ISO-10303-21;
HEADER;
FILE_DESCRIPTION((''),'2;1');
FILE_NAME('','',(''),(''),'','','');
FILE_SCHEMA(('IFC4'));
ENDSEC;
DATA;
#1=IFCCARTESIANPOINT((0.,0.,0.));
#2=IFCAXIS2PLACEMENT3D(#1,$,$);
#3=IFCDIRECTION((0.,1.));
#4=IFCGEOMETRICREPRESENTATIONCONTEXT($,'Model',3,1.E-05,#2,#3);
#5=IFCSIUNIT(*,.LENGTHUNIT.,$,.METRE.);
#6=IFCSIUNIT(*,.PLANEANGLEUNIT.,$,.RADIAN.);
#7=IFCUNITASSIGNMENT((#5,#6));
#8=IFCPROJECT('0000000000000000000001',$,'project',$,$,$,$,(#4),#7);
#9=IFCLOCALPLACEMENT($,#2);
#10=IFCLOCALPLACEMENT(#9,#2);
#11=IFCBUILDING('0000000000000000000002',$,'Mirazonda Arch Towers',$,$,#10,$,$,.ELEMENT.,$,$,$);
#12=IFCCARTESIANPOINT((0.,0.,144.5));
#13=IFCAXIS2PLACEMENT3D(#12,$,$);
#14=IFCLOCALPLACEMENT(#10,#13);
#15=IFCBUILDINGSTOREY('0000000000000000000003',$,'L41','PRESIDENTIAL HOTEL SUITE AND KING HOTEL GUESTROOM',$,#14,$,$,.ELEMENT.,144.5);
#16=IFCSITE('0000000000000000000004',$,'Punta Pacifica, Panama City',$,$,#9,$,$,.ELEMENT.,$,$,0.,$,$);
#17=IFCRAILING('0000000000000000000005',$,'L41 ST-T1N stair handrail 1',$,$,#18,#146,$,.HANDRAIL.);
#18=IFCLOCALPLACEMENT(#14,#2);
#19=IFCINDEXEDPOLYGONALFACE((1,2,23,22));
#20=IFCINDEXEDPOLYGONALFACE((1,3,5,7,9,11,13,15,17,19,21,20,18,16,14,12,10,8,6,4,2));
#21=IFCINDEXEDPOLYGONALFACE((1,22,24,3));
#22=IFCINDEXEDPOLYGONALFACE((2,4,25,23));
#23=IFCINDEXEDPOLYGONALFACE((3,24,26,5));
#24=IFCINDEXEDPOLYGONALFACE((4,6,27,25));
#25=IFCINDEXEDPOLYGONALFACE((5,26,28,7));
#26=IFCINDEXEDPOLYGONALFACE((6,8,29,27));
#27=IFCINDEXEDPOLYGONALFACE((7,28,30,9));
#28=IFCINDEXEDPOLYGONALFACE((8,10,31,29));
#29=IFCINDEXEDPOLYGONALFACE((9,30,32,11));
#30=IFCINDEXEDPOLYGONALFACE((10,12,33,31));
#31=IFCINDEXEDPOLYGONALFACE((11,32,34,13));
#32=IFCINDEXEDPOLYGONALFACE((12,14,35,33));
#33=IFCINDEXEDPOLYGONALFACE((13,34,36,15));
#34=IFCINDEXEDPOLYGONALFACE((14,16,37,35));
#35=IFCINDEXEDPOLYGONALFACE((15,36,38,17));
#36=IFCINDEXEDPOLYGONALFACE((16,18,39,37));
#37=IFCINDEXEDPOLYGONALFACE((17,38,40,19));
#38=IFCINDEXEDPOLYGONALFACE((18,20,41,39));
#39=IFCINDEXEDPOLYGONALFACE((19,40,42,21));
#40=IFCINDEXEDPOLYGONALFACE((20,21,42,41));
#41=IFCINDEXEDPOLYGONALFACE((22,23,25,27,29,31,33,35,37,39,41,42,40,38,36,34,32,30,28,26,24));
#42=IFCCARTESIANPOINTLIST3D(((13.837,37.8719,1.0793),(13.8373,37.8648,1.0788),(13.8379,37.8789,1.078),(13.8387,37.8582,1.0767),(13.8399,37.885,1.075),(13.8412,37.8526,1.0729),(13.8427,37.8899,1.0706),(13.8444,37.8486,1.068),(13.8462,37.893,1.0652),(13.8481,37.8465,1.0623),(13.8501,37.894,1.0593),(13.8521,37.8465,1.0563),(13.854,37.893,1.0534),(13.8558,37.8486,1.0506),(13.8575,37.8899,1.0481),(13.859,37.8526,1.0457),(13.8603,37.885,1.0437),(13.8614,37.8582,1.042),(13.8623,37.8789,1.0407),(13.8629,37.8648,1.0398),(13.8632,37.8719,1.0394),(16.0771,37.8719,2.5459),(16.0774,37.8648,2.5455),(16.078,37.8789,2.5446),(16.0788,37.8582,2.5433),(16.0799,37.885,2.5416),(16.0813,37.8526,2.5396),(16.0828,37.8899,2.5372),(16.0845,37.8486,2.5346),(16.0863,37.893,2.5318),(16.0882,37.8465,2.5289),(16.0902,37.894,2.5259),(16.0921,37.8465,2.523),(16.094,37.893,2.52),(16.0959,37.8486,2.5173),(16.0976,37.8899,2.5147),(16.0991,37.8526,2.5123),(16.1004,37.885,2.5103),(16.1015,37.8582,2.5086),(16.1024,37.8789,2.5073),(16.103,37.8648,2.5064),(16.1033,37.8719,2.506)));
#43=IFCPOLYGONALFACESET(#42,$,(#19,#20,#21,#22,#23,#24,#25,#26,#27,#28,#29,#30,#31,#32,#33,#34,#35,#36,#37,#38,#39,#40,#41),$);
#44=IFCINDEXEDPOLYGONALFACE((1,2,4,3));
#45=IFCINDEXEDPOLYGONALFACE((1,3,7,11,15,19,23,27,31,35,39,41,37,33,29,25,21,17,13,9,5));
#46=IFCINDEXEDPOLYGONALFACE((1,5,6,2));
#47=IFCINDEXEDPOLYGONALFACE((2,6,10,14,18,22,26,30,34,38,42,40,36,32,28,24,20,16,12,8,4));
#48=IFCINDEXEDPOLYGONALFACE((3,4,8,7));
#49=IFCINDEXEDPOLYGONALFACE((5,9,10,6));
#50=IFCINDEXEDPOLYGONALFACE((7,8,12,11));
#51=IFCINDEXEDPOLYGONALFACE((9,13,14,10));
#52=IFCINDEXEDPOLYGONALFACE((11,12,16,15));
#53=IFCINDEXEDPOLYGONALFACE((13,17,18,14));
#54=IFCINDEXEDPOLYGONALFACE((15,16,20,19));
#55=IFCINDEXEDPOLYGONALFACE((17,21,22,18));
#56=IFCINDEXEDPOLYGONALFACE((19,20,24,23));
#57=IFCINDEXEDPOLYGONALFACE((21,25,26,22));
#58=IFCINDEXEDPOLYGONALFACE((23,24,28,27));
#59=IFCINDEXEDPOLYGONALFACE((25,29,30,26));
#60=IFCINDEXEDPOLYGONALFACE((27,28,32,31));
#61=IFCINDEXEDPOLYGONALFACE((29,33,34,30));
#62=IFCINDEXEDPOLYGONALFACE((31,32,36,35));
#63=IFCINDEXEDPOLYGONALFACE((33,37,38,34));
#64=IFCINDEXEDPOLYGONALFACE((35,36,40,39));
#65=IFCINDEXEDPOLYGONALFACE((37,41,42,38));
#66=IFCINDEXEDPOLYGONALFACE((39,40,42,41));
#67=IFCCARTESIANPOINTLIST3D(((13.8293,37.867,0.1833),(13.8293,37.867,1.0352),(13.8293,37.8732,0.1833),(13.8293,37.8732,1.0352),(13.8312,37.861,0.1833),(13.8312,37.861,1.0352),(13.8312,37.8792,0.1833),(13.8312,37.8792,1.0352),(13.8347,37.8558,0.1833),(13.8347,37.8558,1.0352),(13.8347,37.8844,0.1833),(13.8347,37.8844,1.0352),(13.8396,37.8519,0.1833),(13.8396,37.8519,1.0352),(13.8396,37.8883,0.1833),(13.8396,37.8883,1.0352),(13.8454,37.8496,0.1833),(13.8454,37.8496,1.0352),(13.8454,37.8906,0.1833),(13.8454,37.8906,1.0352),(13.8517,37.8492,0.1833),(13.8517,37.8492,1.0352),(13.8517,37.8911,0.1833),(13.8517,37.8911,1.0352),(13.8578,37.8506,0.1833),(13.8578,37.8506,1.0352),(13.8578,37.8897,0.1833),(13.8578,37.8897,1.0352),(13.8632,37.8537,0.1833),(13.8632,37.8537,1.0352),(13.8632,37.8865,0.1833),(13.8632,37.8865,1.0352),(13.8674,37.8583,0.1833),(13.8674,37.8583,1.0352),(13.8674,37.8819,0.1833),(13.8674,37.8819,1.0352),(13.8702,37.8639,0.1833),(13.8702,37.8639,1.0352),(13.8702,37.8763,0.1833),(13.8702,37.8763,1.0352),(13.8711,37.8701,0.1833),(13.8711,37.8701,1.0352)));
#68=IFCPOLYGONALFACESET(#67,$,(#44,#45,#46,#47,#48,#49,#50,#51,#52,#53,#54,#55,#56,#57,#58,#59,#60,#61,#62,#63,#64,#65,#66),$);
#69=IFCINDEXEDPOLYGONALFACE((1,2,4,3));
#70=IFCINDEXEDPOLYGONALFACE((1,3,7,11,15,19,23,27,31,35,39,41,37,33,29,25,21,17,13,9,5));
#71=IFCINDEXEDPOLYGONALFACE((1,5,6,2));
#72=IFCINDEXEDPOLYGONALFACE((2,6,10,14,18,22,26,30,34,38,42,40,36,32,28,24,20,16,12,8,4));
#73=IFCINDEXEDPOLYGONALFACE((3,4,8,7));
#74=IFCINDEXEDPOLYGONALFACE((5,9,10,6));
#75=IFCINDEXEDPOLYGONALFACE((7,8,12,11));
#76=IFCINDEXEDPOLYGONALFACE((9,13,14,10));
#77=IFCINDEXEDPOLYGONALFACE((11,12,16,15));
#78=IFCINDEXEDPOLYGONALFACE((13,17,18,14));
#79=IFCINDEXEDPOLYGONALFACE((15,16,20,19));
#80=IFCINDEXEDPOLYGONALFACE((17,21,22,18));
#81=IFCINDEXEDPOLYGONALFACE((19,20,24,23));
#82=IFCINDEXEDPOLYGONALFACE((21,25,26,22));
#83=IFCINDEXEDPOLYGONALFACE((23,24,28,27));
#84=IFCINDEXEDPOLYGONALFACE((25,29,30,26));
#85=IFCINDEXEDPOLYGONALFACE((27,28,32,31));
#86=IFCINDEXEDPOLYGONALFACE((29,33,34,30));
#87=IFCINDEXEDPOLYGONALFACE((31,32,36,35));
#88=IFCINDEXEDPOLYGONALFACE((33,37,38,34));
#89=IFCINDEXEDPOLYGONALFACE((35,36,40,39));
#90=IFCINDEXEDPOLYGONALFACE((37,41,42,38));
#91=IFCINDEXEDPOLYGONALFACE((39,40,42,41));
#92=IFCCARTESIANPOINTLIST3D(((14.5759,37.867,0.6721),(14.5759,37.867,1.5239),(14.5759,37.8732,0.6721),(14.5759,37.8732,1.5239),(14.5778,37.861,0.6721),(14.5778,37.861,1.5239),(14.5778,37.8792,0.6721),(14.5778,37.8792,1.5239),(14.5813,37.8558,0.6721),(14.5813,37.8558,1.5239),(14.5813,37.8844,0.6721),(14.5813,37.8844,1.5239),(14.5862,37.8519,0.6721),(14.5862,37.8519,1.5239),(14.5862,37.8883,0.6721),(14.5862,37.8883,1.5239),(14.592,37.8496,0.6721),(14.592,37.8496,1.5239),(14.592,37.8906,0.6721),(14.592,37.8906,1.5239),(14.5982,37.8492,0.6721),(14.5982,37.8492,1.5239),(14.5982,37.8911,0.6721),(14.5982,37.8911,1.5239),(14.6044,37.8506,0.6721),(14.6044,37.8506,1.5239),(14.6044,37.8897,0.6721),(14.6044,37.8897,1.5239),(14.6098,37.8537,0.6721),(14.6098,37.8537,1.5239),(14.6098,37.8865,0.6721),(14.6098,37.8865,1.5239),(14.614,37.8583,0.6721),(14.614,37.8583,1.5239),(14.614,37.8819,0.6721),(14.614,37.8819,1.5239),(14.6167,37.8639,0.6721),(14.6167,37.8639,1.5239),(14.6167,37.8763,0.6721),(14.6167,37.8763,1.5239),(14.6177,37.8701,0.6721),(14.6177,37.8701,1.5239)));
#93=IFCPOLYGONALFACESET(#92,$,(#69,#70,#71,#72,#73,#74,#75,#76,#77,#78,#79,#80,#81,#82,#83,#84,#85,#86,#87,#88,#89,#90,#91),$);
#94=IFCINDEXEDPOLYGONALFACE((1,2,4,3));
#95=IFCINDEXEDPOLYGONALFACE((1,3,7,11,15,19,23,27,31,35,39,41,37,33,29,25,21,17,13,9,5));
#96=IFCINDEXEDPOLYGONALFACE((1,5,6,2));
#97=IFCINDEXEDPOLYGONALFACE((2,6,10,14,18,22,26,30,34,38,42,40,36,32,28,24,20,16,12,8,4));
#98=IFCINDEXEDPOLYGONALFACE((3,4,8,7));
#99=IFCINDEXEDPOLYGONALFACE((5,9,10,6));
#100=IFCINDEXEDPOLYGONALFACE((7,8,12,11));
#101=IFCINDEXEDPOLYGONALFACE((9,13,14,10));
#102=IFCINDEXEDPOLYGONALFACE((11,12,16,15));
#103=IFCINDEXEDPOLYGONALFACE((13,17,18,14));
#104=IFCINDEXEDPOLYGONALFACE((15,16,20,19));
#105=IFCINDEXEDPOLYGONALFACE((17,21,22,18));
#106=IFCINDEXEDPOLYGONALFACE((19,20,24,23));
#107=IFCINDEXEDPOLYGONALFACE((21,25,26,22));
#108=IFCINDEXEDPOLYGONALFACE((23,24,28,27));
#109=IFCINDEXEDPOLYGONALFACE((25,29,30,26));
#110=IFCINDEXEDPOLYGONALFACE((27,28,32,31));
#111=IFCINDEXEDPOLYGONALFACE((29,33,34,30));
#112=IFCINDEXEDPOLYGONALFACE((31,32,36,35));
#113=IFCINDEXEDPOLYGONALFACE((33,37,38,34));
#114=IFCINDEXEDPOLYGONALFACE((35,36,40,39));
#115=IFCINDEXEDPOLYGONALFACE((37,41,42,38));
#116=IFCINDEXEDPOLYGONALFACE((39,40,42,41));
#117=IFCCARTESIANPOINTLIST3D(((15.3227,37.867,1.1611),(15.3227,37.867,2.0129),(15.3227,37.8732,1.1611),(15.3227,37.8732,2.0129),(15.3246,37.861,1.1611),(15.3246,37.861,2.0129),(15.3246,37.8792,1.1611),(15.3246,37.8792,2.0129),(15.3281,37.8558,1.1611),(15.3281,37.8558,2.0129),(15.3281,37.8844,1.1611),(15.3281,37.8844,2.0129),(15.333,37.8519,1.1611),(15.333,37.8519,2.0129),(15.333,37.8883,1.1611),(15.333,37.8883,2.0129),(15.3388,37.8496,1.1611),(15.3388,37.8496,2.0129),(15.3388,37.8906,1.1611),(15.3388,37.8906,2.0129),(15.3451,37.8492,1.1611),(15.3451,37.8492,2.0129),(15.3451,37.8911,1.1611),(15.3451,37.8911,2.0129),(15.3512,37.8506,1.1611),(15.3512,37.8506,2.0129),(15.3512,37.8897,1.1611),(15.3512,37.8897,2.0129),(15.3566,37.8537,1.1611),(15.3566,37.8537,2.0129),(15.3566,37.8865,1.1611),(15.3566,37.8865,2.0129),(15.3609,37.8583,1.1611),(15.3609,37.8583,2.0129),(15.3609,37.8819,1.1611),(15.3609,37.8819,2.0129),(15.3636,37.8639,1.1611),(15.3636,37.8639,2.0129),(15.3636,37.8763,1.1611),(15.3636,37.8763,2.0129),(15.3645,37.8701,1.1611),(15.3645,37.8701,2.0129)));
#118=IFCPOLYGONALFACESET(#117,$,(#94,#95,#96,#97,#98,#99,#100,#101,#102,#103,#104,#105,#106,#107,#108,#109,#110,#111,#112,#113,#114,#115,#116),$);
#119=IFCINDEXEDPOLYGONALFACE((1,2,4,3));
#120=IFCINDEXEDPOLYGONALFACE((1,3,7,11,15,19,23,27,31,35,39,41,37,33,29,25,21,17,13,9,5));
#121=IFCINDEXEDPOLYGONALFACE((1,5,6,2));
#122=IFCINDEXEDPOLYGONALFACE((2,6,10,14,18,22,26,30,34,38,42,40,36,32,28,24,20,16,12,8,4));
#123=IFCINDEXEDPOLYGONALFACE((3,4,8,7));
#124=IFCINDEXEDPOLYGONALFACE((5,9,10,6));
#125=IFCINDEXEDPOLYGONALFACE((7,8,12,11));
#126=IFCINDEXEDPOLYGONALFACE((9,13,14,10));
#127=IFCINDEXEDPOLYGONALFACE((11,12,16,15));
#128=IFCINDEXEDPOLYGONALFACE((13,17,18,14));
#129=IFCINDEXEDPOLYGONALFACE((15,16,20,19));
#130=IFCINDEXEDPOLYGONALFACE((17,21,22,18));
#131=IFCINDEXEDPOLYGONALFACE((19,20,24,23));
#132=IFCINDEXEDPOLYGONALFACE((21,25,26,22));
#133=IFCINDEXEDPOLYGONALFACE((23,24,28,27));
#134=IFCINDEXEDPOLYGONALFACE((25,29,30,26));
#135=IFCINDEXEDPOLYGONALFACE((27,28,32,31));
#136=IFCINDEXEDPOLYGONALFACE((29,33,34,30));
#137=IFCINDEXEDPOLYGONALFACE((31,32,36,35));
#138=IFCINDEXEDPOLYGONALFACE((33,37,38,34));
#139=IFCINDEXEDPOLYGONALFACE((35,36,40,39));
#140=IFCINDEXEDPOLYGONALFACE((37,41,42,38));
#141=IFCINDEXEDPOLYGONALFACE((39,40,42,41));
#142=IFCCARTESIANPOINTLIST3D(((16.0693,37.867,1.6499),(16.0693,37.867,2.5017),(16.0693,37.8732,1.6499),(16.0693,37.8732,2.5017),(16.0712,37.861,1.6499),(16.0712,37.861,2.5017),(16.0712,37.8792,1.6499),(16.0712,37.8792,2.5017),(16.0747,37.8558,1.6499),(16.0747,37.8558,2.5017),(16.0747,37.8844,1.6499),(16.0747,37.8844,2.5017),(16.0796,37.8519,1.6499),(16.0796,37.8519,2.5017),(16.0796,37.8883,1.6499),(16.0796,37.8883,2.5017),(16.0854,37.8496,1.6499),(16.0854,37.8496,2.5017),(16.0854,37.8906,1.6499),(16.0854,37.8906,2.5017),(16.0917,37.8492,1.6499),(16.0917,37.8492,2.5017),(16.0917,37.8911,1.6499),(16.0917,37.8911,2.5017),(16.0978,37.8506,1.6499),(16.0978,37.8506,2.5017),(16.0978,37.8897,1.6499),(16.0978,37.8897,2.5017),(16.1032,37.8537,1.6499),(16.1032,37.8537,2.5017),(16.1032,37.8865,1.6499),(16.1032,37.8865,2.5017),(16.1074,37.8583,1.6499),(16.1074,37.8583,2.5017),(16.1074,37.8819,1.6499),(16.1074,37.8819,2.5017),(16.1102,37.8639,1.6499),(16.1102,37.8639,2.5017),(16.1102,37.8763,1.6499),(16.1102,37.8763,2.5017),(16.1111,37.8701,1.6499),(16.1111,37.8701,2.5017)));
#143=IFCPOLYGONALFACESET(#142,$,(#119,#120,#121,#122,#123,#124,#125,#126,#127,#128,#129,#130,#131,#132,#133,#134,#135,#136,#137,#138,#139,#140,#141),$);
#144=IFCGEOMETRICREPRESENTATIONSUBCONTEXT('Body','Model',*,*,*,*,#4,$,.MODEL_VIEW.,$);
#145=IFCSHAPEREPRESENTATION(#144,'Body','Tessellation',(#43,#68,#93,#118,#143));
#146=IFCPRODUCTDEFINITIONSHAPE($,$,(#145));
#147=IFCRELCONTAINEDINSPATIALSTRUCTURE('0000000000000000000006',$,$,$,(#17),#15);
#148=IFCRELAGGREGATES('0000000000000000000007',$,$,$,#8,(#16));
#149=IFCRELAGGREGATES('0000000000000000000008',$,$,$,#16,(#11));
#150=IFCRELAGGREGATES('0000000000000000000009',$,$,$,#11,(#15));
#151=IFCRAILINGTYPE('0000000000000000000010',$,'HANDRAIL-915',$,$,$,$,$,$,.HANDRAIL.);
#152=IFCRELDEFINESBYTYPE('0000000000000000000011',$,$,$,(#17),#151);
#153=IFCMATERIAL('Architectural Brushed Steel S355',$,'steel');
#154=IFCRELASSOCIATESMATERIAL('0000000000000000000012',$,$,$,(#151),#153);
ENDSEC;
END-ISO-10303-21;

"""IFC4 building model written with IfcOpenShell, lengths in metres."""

from ifc_helpers import new_model, si_unit, direction, frame, origin, origin_2d, place, context, subcontext, project, spatial, circle, extrude, material, type_object, element, save


model = new_model("IFC4")

# Units and contexts
model_context = context("Model", 3, precision=1e-05, world=origin(), true_north=direction((0.0, 1.0)))
body_context = subcontext(model_context, "Body", "Model", "MODEL_VIEW")
ifc_project = project(units=[si_unit("LENGTHUNIT", "METRE"), si_unit("PLANEANGLEUNIT", "RADIAN")], contexts=[model_context])

# Site, building, storey
site_placement = place(None, origin())
site = spatial("IfcSite", under=ifc_project, at=site_placement, Name="Punta Pacifica, Panama City", CompositionType="ELEMENT", RefElevation=0.0)
building_placement = place(site_placement, origin())
building = spatial("IfcBuilding", under=site, at=building_placement, Name="Mirazonda Arch Towers", CompositionType="ELEMENT")
storey_placement = place(building_placement, frame((0.0, 0.0, 144.5)))
storey = spatial("IfcBuildingStorey", under=building, at=storey_placement, Name="L41", Description="PRESIDENTIAL HOTEL SUITE AND KING HOTEL GUESTROOM", CompositionType="ELEMENT", Elevation=144.5)

# Shared definitions
ifc_material_1 = material(Name="Architectural Brushed Steel S355", Category="steel")

# Railing
railing_type_1 = type_object("IfcRailingType", Name="HANDRAIL-915", PredefinedType="HANDRAIL", material=ifc_material_1)
railing_1_placement = place(storey_placement, frame((13.8501, 37.8701, 0.1833)))
element("IfcRailing", 1, at=railing_1_placement, inside=storey, type_object=railing_type_1, Name="L41 ST-T1N stair handrail 1", PredefinedType="HANDRAIL", context=body_context, shape_type="SweptSolid", body=[
    extrude(circle(Radius=0.0239, at=origin_2d()), frame((0.0, 0.0, 0.876), z_axis=(0.836637, 0.0, 0.547758), x_axis=(0.0, 1.0, 0.0)), (0.0, 0.0, 1.0), 2.6775),
    extrude(circle(Radius=0.021, at=origin_2d()), origin(), (0.0, 0.0, 1.0), 0.8518),
    extrude(circle(Radius=0.021, at=origin_2d()), frame((0.7466, 0.0, 0.4888)), (0.0, 0.0, 1.0), 0.8518),
    extrude(circle(Radius=0.021, at=origin_2d()), frame((1.4934, 0.0, 0.9778)), (0.0, 0.0, 1.0), 0.8518),
    extrude(circle(Radius=0.021, at=origin_2d()), frame((2.24, 0.0, 1.4666)), (0.0, 0.0, 1.0), 0.8518),
])

save(model, "model.ifc")
